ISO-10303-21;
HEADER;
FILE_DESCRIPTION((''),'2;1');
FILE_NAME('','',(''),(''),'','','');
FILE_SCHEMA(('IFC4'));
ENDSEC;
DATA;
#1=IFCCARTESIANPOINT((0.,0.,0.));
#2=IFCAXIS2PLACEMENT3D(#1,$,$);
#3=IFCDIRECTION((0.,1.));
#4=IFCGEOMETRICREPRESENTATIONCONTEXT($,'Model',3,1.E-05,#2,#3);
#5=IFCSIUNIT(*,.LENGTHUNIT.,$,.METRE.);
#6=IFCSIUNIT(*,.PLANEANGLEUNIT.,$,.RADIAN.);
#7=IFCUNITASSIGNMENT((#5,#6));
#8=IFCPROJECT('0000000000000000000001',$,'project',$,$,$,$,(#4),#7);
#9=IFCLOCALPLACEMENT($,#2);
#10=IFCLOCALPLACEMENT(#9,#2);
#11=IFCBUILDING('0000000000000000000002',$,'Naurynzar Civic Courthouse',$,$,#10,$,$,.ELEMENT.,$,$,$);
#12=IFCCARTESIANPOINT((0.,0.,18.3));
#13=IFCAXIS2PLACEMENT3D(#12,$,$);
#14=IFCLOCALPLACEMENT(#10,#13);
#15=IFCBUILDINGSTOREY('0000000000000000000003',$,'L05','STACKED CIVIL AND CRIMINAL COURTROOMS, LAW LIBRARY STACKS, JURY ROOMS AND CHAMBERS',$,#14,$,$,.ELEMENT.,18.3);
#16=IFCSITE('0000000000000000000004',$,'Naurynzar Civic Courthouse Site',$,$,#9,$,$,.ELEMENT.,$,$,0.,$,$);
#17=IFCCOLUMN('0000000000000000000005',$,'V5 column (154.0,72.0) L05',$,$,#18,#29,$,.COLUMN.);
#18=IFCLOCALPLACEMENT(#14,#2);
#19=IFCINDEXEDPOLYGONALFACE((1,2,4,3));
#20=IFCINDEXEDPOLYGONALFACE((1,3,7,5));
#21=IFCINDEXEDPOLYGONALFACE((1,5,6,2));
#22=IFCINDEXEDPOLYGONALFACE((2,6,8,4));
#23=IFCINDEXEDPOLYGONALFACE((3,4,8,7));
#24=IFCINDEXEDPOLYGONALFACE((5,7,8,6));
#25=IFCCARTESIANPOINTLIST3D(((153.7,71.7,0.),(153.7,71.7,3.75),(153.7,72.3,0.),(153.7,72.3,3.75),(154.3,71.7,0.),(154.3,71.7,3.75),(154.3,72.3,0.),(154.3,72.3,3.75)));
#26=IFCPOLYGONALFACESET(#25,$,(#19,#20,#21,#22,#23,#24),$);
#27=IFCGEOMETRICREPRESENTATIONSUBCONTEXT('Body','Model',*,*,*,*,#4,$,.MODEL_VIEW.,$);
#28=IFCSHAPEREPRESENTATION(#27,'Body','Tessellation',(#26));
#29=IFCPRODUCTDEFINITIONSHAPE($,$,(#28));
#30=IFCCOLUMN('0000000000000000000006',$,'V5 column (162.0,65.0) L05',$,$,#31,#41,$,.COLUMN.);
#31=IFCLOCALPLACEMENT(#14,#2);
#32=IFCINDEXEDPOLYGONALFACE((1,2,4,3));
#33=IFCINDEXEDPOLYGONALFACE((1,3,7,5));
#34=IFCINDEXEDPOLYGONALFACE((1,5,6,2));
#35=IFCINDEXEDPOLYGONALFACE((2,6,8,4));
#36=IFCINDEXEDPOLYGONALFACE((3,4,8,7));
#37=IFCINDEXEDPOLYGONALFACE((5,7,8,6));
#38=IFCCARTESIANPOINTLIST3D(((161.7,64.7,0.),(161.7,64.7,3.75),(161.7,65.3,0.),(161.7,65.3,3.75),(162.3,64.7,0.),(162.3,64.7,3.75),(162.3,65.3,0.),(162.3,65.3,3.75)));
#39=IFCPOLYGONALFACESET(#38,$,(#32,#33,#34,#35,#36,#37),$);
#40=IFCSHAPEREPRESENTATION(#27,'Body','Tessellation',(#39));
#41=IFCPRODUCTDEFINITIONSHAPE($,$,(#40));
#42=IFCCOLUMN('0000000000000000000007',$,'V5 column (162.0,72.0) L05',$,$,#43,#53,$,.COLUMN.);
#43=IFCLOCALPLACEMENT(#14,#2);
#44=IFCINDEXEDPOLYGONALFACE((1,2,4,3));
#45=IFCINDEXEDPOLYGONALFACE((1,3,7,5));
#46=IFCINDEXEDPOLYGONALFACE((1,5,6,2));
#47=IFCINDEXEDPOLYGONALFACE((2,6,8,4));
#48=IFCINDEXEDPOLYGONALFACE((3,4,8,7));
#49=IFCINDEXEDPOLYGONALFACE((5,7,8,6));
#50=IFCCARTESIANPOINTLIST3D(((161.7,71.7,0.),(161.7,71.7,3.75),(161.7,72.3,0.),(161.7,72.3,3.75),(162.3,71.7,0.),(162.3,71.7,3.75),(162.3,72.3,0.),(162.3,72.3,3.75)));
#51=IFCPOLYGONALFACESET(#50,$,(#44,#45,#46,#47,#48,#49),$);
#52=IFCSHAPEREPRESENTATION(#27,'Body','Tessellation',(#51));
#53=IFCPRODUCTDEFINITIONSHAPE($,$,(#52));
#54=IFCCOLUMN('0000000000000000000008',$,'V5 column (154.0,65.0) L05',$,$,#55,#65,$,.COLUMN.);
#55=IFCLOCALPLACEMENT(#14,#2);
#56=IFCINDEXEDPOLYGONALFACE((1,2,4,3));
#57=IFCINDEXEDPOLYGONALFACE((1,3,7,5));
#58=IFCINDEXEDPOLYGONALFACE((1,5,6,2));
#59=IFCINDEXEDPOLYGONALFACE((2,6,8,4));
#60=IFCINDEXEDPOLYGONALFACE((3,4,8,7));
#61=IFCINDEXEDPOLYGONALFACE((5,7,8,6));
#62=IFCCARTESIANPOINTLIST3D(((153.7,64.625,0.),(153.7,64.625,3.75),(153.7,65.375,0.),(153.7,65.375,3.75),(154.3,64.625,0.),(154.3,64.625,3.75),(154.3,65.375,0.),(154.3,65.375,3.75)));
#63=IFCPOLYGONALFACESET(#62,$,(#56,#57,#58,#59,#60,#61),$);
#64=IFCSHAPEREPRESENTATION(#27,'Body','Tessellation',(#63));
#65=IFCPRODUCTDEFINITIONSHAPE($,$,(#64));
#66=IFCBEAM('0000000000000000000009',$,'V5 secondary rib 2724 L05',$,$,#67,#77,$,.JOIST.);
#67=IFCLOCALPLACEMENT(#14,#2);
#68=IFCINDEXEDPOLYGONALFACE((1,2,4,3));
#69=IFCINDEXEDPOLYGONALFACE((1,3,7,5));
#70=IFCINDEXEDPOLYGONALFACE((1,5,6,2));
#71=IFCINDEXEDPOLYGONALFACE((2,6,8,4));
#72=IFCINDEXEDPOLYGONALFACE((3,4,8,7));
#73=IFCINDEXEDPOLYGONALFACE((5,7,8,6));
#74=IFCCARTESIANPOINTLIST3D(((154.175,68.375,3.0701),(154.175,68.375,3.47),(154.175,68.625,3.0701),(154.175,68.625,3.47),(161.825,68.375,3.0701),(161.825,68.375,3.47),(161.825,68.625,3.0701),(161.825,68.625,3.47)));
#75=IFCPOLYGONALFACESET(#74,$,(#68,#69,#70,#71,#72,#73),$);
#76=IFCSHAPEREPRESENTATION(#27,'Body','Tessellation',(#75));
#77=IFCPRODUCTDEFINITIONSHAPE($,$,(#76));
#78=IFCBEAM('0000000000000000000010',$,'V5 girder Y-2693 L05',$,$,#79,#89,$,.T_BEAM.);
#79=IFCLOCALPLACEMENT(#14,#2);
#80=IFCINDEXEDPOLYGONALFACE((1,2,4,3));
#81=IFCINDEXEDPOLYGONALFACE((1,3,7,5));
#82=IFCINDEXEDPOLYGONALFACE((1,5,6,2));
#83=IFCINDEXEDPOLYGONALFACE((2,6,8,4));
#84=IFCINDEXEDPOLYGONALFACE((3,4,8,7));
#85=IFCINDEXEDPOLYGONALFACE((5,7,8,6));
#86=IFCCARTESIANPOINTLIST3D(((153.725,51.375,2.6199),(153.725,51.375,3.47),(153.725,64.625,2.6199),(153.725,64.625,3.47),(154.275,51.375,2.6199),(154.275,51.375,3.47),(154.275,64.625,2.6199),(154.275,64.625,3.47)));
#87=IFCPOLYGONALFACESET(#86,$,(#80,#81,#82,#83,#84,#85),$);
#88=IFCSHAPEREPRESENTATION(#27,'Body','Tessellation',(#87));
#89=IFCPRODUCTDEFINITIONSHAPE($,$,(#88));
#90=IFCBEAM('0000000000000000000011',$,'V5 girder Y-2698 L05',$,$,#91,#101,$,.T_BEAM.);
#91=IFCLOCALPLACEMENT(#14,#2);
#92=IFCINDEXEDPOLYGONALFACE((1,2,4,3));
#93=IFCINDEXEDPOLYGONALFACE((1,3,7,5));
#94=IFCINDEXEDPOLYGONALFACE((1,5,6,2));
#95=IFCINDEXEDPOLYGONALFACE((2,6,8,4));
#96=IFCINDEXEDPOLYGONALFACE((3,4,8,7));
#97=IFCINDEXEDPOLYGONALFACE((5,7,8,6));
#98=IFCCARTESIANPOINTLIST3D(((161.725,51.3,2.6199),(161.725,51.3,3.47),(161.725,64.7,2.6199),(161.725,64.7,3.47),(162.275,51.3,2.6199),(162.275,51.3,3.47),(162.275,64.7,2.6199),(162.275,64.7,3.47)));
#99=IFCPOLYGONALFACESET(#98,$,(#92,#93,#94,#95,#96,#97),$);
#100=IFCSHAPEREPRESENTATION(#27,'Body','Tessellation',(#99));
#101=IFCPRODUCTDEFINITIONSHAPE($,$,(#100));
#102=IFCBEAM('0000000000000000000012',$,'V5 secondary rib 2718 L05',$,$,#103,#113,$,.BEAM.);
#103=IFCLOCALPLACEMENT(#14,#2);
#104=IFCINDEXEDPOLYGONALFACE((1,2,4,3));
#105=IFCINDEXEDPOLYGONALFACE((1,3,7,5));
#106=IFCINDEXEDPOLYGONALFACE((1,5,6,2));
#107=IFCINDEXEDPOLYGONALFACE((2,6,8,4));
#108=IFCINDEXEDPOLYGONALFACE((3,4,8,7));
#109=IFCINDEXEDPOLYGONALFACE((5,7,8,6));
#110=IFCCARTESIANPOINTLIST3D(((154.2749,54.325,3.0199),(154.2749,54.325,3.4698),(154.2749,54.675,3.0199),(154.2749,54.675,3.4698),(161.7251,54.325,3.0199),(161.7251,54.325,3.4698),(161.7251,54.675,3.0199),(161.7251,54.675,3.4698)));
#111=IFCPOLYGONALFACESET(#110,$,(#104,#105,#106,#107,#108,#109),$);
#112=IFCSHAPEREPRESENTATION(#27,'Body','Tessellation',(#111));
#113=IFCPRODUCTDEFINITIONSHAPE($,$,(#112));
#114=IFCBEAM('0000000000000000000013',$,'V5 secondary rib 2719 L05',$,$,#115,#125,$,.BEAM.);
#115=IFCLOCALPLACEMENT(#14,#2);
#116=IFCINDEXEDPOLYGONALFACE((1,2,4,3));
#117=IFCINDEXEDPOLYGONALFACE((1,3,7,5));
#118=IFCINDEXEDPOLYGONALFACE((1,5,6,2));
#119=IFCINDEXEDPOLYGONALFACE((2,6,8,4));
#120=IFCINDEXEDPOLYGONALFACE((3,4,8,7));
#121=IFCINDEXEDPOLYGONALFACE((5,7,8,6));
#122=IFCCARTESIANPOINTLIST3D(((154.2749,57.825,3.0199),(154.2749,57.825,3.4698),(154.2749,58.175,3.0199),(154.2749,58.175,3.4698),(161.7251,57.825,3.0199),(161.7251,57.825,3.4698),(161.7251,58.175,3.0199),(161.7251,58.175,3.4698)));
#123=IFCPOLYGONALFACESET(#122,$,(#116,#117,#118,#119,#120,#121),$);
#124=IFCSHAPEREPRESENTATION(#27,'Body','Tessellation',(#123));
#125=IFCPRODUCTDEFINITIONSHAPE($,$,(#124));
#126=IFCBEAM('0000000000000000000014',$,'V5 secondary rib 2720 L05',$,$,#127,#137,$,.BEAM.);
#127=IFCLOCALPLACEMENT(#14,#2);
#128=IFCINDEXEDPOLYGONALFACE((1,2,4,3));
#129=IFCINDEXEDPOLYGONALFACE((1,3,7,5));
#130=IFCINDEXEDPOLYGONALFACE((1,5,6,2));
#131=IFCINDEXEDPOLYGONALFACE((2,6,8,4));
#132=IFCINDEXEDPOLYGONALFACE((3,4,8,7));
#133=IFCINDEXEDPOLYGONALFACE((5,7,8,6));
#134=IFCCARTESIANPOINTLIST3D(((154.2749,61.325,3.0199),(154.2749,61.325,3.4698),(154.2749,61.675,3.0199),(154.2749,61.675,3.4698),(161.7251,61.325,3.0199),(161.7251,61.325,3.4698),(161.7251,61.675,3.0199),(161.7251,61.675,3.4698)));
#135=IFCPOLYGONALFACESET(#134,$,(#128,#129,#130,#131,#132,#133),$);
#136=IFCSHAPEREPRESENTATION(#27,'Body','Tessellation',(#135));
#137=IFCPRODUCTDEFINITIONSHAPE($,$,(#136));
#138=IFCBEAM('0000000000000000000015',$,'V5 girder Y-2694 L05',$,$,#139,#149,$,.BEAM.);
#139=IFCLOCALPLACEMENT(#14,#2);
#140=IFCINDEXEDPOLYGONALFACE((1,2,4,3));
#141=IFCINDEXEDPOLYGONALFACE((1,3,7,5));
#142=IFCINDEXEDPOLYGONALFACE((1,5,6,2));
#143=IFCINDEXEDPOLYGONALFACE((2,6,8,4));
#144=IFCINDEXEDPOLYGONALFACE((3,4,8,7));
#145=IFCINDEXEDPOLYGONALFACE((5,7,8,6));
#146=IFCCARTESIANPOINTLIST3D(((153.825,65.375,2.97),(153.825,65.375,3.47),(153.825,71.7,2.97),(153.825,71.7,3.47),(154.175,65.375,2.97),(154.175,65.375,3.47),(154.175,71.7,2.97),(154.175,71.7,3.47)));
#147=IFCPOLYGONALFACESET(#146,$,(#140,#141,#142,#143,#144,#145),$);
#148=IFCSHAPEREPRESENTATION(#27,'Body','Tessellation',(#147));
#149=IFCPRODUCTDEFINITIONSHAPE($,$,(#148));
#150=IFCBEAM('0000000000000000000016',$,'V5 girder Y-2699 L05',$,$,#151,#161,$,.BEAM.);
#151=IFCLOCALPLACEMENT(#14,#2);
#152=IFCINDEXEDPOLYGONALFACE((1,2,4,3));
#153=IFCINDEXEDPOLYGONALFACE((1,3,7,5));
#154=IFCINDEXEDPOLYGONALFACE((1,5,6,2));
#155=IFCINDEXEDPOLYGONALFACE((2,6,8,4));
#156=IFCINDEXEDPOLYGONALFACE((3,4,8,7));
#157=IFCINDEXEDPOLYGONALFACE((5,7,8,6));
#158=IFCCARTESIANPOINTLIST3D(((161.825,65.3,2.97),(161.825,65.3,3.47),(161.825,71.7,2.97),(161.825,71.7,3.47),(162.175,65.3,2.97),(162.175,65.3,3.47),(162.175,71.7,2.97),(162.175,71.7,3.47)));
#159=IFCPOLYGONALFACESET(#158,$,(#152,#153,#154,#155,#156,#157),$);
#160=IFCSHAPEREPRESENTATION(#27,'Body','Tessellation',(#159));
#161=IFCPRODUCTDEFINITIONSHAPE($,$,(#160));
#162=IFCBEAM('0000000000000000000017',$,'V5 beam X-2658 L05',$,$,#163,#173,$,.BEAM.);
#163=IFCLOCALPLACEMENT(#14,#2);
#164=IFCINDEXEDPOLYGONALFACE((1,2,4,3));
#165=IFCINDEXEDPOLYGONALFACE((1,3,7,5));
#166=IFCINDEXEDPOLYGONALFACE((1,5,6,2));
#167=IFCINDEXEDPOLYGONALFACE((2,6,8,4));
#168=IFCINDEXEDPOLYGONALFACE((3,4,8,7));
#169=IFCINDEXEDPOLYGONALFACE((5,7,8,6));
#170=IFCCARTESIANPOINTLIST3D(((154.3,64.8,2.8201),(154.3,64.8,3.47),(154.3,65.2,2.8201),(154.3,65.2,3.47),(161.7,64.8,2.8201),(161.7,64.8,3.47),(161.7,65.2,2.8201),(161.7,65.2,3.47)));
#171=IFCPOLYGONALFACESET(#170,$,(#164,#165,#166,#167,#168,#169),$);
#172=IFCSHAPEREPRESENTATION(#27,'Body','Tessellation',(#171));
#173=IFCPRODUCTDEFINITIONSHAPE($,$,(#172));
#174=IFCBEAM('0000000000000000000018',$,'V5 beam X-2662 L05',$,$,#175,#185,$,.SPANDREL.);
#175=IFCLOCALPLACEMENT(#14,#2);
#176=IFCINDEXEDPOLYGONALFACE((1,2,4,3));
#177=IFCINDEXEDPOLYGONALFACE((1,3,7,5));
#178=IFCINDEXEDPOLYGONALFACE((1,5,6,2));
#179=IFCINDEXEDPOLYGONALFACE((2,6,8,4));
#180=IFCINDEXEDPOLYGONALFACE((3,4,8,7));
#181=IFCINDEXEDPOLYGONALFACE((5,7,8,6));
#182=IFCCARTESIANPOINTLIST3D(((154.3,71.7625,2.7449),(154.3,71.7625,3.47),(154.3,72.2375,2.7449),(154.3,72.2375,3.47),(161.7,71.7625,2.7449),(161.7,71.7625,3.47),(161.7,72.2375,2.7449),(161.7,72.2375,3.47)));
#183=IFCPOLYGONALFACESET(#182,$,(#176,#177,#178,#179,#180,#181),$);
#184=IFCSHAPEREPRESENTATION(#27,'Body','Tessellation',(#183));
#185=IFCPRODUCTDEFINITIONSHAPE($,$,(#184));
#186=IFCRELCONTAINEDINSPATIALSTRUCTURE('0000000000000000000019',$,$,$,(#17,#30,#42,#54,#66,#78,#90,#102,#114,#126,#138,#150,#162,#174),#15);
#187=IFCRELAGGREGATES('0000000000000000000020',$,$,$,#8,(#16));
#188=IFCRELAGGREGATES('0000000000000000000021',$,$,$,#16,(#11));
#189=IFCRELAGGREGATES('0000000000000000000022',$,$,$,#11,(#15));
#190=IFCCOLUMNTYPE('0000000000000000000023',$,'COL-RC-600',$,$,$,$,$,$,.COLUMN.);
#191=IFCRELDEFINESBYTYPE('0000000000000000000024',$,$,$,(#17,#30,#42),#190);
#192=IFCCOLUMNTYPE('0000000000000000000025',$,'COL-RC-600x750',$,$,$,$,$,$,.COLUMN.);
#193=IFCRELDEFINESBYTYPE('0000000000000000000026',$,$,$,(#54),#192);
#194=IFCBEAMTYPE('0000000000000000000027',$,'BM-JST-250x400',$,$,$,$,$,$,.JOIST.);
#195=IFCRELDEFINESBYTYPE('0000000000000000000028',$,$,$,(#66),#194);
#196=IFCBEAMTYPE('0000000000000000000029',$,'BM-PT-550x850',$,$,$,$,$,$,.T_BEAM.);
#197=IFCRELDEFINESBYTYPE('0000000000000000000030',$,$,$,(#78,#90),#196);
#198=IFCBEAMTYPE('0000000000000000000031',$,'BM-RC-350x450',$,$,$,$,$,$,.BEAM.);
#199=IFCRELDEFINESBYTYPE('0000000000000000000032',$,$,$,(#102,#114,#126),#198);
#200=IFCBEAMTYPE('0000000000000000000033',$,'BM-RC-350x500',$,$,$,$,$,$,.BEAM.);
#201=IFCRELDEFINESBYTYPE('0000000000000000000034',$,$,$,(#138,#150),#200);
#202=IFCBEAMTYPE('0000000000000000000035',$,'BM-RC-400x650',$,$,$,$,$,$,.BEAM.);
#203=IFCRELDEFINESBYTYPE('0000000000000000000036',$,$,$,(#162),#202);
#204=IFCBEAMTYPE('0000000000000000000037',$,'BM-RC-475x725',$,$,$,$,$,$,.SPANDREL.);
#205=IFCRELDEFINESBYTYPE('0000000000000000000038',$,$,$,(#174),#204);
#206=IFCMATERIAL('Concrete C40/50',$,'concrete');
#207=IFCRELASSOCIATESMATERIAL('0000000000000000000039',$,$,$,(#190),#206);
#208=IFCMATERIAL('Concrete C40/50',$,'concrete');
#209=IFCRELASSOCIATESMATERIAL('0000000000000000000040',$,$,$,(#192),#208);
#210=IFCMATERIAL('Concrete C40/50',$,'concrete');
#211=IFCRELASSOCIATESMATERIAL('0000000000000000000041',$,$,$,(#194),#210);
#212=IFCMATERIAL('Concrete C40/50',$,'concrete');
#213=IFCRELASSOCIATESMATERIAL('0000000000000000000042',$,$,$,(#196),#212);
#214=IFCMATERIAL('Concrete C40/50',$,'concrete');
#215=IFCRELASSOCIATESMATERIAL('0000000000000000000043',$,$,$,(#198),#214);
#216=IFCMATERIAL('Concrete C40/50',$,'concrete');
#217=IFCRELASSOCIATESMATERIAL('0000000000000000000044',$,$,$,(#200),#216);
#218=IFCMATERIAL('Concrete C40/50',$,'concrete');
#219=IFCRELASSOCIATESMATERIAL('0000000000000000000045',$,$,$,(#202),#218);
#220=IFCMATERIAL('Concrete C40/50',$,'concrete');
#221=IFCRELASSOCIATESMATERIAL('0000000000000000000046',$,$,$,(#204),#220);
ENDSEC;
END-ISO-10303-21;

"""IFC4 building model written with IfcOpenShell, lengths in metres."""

from ifc_helpers import new_model, si_unit, direction, frame, origin, origin_2d, place, context, subcontext, project, spatial, rectangle, extrude, material, material_profile, profile_set, type_object, element, save


model = new_model("IFC4")

# Units and contexts
model_context = context("Model", 3, precision=1e-05, world=origin(), true_north=direction((0.0, 1.0)))
body_context = subcontext(model_context, "Body", "Model", "MODEL_VIEW")
ifc_project = project(units=[si_unit("LENGTHUNIT", "METRE"), si_unit("PLANEANGLEUNIT", "RADIAN")], contexts=[model_context])

# Site, building, storey
site_placement = place(None, origin())
site = spatial("IfcSite", under=ifc_project, at=site_placement, Name="Naurynzar Civic Courthouse Site", CompositionType="ELEMENT", RefElevation=0.0)
building_placement = place(site_placement, origin())
building = spatial("IfcBuilding", under=site, at=building_placement, Name="Naurynzar Civic Courthouse", CompositionType="ELEMENT")
storey_placement = place(building_placement, frame((0.0, 0.0, 18.3)))
storey = spatial("IfcBuildingStorey", under=building, at=storey_placement, Name="L05", Description="STACKED CIVIL AND CRIMINAL COURTROOMS, LAW LIBRARY STACKS, JURY ROOMS AND CHAMBERS", CompositionType="ELEMENT", Elevation=18.3)

# Columns
ifc_material_1 = material(Name="Concrete C40/50", Category="concrete")
ifc_material_profile_1 = material_profile(ifc_material_1, rectangle(XDim=0.6001, YDim=0.6001, at=origin_2d()), Name="RC 600x600")
ifc_profile_set_1 = profile_set([ifc_material_profile_1], Name="Concrete C40/50")
column_type_1 = type_object("IfcColumnType", Name="COL-RC-600", PredefinedType="COLUMN", material=ifc_profile_set_1)
for number, where, z_axis, x_axis, name in (
    (1, (154.0, 72.0, 0.0), (0.0, 0.0, 1.0), (1.0, 0.0, 0.0), "V5 column (154.0,72.0) L05"),
    (2, (162.0, 65.0, 0.0), (0.0, 0.0, 1.0), (1.0, 0.0, 0.0), "V5 column (162.0,65.0) L05"),
    (3, (162.0, 72.0, 0.0), (0.0, 0.0, 1.0), (1.0, 0.0, 0.0), "V5 column (162.0,72.0) L05"),
):
    element("IfcColumn", number, at=place(storey_placement, frame(where, z_axis=z_axis, x_axis=x_axis)), inside=storey, type_object=column_type_1, Name=name, PredefinedType="COLUMN", context=body_context, shape_type="SweptSolid", body=[
        extrude(rectangle(XDim=0.6001, YDim=0.6001, at=origin_2d()), origin(), (0.0, 0.0, 1.0), 3.75),
    ])
ifc_material_2 = material(Name="Concrete C40/50", Category="concrete")
ifc_material_profile_2 = material_profile(ifc_material_2, rectangle(XDim=0.6001, YDim=0.75, at=origin_2d()), Name="RC 600x750")
ifc_profile_set_2 = profile_set([ifc_material_profile_2], Name="Concrete C40/50")
column_type_2 = type_object("IfcColumnType", Name="COL-RC-600x750", PredefinedType="COLUMN", material=ifc_profile_set_2)
column_placement = place(storey_placement, frame((154.0, 65.0, 0.0), z_axis=(0.0, 0.0, 1.0), x_axis=(1.0, 0.0, 0.0)))
element("IfcColumn", 4, at=column_placement, inside=storey, type_object=column_type_2, Name="V5 column (154.0,65.0) L05", PredefinedType="COLUMN", context=body_context, shape_type="SweptSolid", body=[
    extrude(rectangle(XDim=0.6001, YDim=0.75, at=origin_2d()), origin(), (0.0, 0.0, 1.0), 3.75),
])

# Beams
ifc_material_3 = material(Name="Concrete C40/50", Category="concrete")
ifc_material_profile_3 = material_profile(ifc_material_3, rectangle(XDim=0.25, YDim=0.3999, at=origin_2d()), Name="RCB 250x400")
ifc_profile_set_3 = profile_set([ifc_material_profile_3], Name="Concrete C40/50")
beam_type_1 = type_object("IfcBeamType", Name="BM-JST-250x400", PredefinedType="JOIST", material=ifc_profile_set_3)
beam_1_placement = place(storey_placement, frame((154.175, 68.5, 3.27), z_axis=(1.0, 0.0, 0.0), x_axis=(0.0, 1.0, 0.0)))
element("IfcBeam", 5, at=beam_1_placement, inside=storey, type_object=beam_type_1, Name="V5 secondary rib 2724 L05", PredefinedType="JOIST", context=body_context, shape_type="SweptSolid", body=[
    extrude(rectangle(XDim=0.25, YDim=0.3999, at=origin_2d()), origin(), (0.0, 0.0, 1.0), 7.6499),
])
ifc_material_4 = material(Name="Concrete C40/50", Category="concrete")
ifc_material_profile_4 = material_profile(ifc_material_4, rectangle(XDim=0.55, YDim=0.8501, at=origin_2d()), Name="PTB 550x850")
ifc_profile_set_4 = profile_set([ifc_material_profile_4], Name="Concrete C40/50")
beam_type_2 = type_object("IfcBeamType", Name="BM-PT-550x850", PredefinedType="T_BEAM", material=ifc_profile_set_4)
beam_2_placement = place(storey_placement, frame((154.0, 51.375, 3.0449), z_axis=(0.0, 1.0, 0.0), x_axis=(-1.0, 0.0, 0.0)))
element("IfcBeam", 6, at=beam_2_placement, inside=storey, type_object=beam_type_2, Name="V5 girder Y-2693 L05", PredefinedType="T_BEAM", context=body_context, shape_type="SweptSolid", body=[
    extrude(rectangle(XDim=0.55, YDim=0.8501, at=origin_2d()), origin(), (0.0, 0.0, 1.0), 13.25),
])
beam_3_placement = place(storey_placement, frame((162.0, 51.3, 3.0449), z_axis=(0.0, 1.0, 0.0), x_axis=(-1.0, 0.0, 0.0)))
element("IfcBeam", 7, at=beam_3_placement, inside=storey, type_object=beam_type_2, Name="V5 girder Y-2698 L05", PredefinedType="T_BEAM", context=body_context, shape_type="SweptSolid", body=[
    extrude(rectangle(XDim=0.55, YDim=0.8501, at=origin_2d()), origin(), (0.0, 0.0, 1.0), 13.3999),
])
ifc_material_5 = material(Name="Concrete C40/50", Category="concrete")
ifc_material_profile_5 = material_profile(ifc_material_5, rectangle(XDim=0.3501, YDim=0.45, at=origin_2d()), Name="RCB 350x450")
ifc_profile_set_5 = profile_set([ifc_material_profile_5], Name="Concrete C40/50")
beam_type_3 = type_object("IfcBeamType", Name="BM-RC-350x450", PredefinedType="BEAM", material=ifc_profile_set_5)
for number, where, z_axis, x_axis, name in (
    (8, (154.2749, 54.5, 3.2449), (1.0, 0.0, 0.0), (0.0, 1.0, 0.0), "V5 secondary rib 2718 L05"),
    (9, (154.2749, 58.0, 3.2449), (1.0, 0.0, 0.0), (0.0, 1.0, 0.0), "V5 secondary rib 2719 L05"),
    (10, (154.2749, 61.5, 3.2449), (1.0, 0.0, 0.0), (0.0, 1.0, 0.0), "V5 secondary rib 2720 L05"),
):
    element("IfcBeam", number, at=place(storey_placement, frame(where, z_axis=z_axis, x_axis=x_axis)), inside=storey, type_object=beam_type_3, Name=name, PredefinedType="BEAM", context=body_context, shape_type="SweptSolid", body=[
        extrude(rectangle(XDim=0.3501, YDim=0.45, at=origin_2d()), origin(), (0.0, 0.0, 1.0), 7.4502),
    ])
ifc_material_6 = material(Name="Concrete C40/50", Category="concrete")
ifc_material_profile_6 = material_profile(ifc_material_6, rectangle(XDim=0.3501, YDim=0.5, at=origin_2d()), Name="RCB 350x500")
ifc_profile_set_6 = profile_set([ifc_material_profile_6], Name="Concrete C40/50")
beam_type_4 = type_object("IfcBeamType", Name="BM-RC-350x500", PredefinedType="BEAM", material=ifc_profile_set_6)
beam_4_placement = place(storey_placement, frame((154.0, 65.375, 3.22), z_axis=(0.0, 1.0, 0.0), x_axis=(-1.0, 0.0, 0.0)))
element("IfcBeam", 11, at=beam_4_placement, inside=storey, type_object=beam_type_4, Name="V5 girder Y-2694 L05", PredefinedType="BEAM", context=body_context, shape_type="SweptSolid", body=[
    extrude(rectangle(XDim=0.3501, YDim=0.5, at=origin_2d()), origin(), (0.0, 0.0, 1.0), 6.325),
])
beam_5_placement = place(storey_placement, frame((162.0, 65.3, 3.22), z_axis=(0.0, 1.0, 0.0), x_axis=(-1.0, 0.0, 0.0)))
element("IfcBeam", 12, at=beam_5_placement, inside=storey, type_object=beam_type_4, Name="V5 girder Y-2699 L05", PredefinedType="BEAM", context=body_context, shape_type="SweptSolid", body=[
    extrude(rectangle(XDim=0.3501, YDim=0.5, at=origin_2d()), origin(), (0.0, 0.0, 1.0), 6.3999),
])
ifc_material_7 = material(Name="Concrete C40/50", Category="concrete")
ifc_material_profile_7 = material_profile(ifc_material_7, rectangle(XDim=0.3999, YDim=0.6499, at=origin_2d()), Name="RCB 400x650")
ifc_profile_set_7 = profile_set([ifc_material_profile_7], Name="Concrete C40/50")
beam_type_5 = type_object("IfcBeamType", Name="BM-RC-400x650", PredefinedType="BEAM", material=ifc_profile_set_7)
beam_6_placement = place(storey_placement, frame((154.3, 65.0, 3.145), z_axis=(1.0, 0.0, 0.0), x_axis=(0.0, 1.0, 0.0)))
element("IfcBeam", 13, at=beam_6_placement, inside=storey, type_object=beam_type_5, Name="V5 beam X-2658 L05", PredefinedType="BEAM", context=body_context, shape_type="SweptSolid", body=[
    extrude(rectangle(XDim=0.3999, YDim=0.6499, at=origin_2d()), origin(), (0.0, 0.0, 1.0), 7.3999),
])
ifc_material_8 = material(Name="Concrete C40/50", Category="concrete")
ifc_material_profile_8 = material_profile(ifc_material_8, rectangle(XDim=0.4751, YDim=0.7251, at=origin_2d()), Name="RCB 475x725")
ifc_profile_set_8 = profile_set([ifc_material_profile_8], Name="Concrete C40/50")
beam_type_6 = type_object("IfcBeamType", Name="BM-RC-475x725", PredefinedType="SPANDREL", material=ifc_profile_set_8)
beam_7_placement = place(storey_placement, frame((154.3, 72.0, 3.1074), z_axis=(1.0, 0.0, 0.0), x_axis=(0.0, 1.0, 0.0)))
element("IfcBeam", 14, at=beam_7_placement, inside=storey, type_object=beam_type_6, Name="V5 beam X-2662 L05", PredefinedType="SPANDREL", context=body_context, shape_type="SweptSolid", body=[
    extrude(rectangle(XDim=0.4751, YDim=0.7251, at=origin_2d()), origin(), (0.0, 0.0, 1.0), 7.3999),
])

save(model, "model.ifc")
